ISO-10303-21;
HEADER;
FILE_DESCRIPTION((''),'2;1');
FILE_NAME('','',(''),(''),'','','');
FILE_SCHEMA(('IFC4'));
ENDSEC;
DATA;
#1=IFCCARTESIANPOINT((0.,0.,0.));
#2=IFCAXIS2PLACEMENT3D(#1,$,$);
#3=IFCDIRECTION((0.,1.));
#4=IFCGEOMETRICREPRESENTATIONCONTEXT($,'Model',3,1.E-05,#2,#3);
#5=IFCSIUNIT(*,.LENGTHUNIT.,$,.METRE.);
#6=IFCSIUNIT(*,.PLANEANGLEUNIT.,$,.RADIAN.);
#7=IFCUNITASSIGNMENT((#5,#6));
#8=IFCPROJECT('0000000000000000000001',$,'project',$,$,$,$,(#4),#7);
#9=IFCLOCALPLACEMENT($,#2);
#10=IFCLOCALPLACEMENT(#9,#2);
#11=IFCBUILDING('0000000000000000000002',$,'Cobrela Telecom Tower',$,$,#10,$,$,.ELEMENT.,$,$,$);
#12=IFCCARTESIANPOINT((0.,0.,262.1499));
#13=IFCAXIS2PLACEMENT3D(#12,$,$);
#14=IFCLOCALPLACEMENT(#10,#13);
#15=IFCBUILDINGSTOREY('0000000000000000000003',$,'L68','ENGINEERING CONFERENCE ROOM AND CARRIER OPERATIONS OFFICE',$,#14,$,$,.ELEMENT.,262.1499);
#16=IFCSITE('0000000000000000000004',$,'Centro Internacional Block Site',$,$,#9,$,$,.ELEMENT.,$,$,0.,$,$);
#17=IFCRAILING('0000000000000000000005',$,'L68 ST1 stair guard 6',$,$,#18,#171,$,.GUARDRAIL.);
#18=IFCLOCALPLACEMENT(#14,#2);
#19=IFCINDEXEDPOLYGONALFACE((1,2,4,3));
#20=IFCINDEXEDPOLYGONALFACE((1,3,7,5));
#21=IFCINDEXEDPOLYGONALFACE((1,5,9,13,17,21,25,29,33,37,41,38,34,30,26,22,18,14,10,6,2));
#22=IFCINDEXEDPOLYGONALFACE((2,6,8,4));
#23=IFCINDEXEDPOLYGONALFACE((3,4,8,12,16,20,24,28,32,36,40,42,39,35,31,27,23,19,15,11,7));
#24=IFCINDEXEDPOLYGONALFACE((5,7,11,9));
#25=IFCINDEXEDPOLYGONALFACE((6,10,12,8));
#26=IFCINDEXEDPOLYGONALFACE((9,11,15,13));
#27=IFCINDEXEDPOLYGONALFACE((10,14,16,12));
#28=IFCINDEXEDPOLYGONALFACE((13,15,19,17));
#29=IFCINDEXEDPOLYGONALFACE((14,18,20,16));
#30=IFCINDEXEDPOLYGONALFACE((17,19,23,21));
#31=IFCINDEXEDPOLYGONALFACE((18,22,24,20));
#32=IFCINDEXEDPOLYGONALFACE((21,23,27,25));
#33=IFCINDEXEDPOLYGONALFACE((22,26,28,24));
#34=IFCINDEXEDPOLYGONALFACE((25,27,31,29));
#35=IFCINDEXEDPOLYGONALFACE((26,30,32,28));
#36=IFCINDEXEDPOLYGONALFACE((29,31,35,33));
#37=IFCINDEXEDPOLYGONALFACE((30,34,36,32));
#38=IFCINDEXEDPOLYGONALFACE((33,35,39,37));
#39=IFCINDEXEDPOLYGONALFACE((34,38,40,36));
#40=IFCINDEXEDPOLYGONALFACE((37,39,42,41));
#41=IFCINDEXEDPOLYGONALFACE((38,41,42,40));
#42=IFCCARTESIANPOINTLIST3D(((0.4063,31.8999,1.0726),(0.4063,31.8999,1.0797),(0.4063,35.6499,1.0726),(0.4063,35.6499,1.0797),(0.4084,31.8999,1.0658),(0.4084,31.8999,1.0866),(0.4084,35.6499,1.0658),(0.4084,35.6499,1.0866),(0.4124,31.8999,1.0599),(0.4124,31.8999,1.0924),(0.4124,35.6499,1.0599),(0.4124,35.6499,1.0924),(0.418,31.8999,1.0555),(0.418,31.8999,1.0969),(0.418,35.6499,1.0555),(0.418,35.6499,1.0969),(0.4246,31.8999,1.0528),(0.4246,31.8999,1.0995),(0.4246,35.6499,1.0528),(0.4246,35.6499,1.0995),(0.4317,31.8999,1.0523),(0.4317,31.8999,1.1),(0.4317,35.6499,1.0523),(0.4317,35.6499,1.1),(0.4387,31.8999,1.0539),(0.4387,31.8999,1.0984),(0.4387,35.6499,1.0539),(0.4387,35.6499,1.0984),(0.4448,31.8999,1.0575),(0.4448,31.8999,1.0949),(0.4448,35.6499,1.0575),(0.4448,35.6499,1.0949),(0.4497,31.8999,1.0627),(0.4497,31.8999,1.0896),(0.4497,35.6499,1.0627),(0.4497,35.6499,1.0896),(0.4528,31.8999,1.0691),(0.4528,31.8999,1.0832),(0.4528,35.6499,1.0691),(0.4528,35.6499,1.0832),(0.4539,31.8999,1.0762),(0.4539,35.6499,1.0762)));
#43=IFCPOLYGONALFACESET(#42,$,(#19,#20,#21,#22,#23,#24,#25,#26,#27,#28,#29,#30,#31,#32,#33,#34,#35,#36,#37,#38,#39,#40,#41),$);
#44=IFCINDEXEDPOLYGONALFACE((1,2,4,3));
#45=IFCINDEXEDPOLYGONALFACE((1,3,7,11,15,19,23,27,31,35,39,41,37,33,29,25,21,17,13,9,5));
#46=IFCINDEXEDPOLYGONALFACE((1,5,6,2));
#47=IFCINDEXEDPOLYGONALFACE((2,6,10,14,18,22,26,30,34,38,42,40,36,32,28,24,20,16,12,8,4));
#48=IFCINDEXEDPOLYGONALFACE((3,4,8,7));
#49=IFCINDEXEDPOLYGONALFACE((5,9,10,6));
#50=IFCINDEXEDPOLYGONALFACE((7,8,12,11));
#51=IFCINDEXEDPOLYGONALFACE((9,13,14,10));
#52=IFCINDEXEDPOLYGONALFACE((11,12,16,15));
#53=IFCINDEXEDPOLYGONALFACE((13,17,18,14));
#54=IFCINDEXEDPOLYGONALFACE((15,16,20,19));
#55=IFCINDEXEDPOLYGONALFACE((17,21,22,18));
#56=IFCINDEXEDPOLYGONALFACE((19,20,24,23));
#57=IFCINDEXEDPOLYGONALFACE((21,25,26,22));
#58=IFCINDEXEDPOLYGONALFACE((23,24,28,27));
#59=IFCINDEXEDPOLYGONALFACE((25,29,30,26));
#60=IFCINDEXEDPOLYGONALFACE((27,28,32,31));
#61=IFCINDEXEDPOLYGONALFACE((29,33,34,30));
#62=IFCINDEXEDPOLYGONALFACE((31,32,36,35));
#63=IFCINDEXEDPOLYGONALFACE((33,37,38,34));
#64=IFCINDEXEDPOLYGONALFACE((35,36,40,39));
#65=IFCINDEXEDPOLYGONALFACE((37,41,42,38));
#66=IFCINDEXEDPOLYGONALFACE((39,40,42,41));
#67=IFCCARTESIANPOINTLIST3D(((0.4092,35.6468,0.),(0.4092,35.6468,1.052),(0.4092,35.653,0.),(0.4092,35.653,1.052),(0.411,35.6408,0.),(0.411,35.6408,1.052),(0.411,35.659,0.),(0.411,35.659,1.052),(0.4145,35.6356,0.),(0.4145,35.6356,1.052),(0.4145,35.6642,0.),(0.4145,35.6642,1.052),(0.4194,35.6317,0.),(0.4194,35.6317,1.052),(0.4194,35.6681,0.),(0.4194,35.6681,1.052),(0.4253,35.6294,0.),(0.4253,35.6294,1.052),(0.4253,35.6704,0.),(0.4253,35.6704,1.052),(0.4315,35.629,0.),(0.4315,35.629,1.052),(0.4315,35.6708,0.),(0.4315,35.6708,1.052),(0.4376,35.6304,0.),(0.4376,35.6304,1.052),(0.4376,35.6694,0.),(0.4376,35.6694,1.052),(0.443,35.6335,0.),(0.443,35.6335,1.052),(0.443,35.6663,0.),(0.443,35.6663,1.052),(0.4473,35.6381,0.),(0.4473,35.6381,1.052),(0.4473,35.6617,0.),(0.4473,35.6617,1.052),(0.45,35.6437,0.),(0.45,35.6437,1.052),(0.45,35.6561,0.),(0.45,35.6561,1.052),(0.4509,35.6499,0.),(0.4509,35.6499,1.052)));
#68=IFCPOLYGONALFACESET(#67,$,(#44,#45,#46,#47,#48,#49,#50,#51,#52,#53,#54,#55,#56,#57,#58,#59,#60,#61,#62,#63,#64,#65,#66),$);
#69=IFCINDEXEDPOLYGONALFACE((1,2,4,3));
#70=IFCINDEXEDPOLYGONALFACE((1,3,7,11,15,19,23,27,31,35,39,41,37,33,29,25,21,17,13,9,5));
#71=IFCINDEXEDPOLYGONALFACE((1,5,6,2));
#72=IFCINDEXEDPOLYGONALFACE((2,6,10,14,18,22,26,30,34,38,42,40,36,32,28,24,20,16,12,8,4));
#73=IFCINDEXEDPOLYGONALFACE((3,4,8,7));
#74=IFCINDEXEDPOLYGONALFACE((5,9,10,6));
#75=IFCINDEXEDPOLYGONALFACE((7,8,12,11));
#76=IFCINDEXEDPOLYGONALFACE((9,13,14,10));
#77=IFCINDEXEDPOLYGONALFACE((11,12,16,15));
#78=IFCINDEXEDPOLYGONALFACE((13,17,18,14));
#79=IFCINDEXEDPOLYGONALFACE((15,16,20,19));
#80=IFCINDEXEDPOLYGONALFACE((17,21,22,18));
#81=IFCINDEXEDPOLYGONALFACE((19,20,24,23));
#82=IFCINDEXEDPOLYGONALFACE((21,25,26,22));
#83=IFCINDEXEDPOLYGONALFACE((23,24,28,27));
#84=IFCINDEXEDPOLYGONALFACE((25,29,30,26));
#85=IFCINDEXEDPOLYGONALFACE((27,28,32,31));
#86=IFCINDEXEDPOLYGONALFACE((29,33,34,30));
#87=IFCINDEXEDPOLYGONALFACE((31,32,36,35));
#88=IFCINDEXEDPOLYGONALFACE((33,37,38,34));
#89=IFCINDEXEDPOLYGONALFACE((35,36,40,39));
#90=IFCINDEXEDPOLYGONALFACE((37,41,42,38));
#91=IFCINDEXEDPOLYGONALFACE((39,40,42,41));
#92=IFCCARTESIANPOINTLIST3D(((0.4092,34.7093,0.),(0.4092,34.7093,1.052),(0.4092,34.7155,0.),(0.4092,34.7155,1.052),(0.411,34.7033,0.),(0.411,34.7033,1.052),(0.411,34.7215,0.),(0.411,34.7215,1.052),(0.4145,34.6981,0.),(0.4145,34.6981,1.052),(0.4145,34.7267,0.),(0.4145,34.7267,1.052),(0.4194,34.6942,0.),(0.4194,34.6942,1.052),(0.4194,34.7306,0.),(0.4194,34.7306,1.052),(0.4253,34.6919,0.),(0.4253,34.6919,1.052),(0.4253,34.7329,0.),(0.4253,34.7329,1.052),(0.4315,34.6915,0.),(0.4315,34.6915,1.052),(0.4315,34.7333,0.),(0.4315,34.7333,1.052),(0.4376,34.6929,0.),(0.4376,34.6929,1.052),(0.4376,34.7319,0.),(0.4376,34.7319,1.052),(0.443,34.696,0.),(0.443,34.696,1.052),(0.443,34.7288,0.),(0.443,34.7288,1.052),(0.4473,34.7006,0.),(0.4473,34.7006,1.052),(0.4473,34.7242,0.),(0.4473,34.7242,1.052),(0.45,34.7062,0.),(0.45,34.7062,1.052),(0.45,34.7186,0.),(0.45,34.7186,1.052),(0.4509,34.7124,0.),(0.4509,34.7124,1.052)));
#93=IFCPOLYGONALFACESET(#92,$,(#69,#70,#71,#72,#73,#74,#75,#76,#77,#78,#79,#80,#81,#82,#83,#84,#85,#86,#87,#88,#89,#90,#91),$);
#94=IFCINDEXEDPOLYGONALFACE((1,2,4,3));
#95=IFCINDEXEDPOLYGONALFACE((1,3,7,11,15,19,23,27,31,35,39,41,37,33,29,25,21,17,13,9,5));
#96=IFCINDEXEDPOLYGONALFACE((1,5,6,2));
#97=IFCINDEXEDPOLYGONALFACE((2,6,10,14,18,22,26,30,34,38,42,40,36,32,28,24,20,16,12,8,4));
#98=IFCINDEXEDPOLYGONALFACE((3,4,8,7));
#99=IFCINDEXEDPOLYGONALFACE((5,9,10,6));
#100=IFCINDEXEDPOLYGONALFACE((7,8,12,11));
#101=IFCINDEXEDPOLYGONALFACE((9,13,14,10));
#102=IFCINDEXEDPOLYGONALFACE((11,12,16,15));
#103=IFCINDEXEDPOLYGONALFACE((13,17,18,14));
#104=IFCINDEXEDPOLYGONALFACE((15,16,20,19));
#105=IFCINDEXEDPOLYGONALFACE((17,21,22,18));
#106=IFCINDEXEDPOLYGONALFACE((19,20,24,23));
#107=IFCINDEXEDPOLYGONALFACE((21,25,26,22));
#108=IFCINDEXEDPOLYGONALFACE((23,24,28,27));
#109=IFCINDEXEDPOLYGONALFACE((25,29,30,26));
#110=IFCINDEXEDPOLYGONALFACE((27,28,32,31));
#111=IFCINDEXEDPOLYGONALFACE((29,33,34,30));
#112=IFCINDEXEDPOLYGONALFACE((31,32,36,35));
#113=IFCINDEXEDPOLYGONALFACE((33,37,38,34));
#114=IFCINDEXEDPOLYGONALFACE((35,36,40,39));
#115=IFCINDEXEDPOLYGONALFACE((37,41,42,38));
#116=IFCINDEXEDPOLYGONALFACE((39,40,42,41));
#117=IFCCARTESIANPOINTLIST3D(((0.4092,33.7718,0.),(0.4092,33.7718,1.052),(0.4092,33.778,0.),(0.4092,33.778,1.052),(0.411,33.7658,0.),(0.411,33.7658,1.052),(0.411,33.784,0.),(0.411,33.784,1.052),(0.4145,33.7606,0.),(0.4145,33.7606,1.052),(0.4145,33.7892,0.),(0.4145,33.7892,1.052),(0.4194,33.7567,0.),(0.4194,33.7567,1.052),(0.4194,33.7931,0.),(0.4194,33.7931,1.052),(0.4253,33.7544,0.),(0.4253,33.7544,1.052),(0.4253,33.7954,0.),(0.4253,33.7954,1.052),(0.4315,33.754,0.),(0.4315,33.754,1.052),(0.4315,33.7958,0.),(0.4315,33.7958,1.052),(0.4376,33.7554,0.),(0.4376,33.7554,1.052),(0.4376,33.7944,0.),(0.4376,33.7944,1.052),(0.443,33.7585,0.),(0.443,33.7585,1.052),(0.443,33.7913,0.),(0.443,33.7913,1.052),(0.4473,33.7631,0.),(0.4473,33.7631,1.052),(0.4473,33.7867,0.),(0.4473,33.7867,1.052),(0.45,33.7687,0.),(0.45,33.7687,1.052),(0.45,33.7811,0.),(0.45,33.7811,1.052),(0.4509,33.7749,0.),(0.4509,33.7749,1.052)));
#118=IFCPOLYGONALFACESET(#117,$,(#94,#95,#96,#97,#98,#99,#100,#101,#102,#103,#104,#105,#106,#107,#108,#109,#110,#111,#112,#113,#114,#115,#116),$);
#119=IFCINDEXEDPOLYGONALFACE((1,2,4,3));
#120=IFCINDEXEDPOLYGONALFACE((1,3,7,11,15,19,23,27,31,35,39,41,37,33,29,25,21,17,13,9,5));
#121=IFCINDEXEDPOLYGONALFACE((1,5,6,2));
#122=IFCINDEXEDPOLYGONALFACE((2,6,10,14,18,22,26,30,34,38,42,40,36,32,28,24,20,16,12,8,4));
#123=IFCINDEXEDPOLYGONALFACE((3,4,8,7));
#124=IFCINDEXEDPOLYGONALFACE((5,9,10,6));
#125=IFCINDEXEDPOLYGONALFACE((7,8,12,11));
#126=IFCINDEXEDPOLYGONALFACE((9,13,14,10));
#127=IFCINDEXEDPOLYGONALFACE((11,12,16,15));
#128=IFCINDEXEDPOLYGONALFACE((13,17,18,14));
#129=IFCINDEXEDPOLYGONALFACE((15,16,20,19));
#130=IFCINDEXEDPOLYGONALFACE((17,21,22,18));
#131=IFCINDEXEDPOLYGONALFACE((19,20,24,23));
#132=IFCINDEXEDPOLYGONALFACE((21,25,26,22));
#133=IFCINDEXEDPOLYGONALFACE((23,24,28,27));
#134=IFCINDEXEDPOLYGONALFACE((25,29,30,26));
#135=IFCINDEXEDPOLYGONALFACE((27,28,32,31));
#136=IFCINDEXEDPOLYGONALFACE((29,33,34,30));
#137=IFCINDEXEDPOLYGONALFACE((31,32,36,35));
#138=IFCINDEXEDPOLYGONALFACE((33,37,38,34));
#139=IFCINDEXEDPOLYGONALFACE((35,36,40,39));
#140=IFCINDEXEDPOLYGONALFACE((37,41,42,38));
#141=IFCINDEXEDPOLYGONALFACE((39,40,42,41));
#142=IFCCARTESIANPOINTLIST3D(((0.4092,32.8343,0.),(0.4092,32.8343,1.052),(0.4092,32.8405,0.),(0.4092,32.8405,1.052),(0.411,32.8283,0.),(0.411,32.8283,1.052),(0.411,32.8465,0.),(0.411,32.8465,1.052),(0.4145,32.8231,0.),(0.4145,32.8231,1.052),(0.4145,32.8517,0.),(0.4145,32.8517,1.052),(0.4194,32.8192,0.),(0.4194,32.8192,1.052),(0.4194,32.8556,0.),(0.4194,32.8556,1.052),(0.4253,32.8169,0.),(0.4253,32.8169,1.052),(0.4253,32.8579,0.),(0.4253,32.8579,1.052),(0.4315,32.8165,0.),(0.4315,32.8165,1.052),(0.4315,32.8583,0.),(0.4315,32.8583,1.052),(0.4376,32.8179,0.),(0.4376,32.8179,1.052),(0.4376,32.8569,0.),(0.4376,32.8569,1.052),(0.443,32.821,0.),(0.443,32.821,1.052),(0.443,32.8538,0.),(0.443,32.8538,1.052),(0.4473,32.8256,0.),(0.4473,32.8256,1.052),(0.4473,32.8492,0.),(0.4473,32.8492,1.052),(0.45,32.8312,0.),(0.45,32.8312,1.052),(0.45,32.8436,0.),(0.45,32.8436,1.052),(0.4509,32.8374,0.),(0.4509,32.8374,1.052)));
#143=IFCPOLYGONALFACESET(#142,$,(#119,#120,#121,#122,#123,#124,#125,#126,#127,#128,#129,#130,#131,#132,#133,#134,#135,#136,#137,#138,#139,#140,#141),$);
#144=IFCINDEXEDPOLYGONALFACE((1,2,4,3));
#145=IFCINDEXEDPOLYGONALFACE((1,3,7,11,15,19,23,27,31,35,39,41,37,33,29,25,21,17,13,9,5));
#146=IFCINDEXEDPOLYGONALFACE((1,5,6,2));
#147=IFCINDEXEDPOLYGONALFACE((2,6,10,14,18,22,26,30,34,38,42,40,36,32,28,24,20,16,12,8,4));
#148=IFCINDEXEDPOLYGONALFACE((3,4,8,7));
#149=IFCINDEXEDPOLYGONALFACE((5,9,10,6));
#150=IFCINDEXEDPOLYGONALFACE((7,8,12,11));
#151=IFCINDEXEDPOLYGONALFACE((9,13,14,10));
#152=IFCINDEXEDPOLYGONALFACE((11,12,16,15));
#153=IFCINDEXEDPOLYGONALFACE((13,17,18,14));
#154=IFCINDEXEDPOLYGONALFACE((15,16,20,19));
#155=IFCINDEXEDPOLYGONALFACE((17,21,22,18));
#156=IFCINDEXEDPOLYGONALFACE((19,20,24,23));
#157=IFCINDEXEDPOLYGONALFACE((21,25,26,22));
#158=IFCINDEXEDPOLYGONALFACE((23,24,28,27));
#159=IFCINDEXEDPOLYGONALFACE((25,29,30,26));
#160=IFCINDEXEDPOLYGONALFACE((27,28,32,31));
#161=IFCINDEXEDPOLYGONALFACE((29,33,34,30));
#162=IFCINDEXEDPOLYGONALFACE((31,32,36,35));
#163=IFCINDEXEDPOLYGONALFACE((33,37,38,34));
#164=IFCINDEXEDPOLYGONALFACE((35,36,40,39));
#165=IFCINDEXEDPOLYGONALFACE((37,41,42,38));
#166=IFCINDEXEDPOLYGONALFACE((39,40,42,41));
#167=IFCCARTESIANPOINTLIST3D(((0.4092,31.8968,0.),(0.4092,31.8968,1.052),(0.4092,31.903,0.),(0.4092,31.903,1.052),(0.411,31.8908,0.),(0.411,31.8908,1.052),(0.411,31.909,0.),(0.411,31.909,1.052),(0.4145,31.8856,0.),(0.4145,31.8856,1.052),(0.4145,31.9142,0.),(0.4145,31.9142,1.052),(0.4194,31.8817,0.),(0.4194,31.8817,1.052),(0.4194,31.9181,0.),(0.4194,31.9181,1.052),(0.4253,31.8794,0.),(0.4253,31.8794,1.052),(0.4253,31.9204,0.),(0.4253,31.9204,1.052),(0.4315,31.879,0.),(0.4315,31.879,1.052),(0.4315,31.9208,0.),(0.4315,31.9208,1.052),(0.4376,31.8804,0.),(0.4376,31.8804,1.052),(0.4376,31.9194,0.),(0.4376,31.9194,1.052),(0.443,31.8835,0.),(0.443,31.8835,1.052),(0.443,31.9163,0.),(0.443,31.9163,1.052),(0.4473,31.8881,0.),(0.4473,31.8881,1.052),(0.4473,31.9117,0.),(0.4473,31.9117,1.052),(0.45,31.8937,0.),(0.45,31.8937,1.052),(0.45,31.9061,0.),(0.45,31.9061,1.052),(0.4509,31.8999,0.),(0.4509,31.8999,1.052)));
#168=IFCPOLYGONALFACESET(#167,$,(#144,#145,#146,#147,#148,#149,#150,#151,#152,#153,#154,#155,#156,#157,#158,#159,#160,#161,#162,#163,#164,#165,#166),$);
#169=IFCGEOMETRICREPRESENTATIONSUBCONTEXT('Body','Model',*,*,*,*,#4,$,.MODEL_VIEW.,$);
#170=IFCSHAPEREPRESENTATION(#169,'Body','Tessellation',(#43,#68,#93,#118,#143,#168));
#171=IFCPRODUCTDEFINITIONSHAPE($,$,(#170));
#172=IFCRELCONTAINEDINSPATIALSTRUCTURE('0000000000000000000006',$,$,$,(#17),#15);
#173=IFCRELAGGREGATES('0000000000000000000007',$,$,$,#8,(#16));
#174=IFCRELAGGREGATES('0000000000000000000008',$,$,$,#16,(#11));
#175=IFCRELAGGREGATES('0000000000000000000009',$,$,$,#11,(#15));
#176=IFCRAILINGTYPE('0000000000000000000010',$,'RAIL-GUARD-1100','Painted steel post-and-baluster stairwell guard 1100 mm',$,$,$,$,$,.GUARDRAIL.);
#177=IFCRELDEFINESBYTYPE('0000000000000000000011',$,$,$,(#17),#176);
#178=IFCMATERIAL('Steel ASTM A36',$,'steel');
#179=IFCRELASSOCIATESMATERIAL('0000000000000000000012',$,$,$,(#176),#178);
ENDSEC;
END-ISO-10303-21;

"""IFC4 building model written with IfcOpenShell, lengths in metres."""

from ifc_helpers import new_model, si_unit, direction, frame, origin, origin_2d, place, context, subcontext, project, spatial, circle, extrude, material, type_object, element, save


model = new_model("IFC4")

# Units and contexts
model_context = context("Model", 3, precision=1e-05, world=origin(), true_north=direction((0.0, 1.0)))
body_context = subcontext(model_context, "Body", "Model", "MODEL_VIEW")
ifc_project = project(units=[si_unit("LENGTHUNIT", "METRE"), si_unit("PLANEANGLEUNIT", "RADIAN")], contexts=[model_context])

# Site, building, storey
site_placement = place(None, origin())
site = spatial("IfcSite", under=ifc_project, at=site_placement, Name="Centro Internacional Block Site", CompositionType="ELEMENT", RefElevation=0.0)
building_placement = place(site_placement, origin())
building = spatial("IfcBuilding", under=site, at=building_placement, Name="Cobrela Telecom Tower", CompositionType="ELEMENT")
storey_placement = place(building_placement, frame((0.0, 0.0, 262.1499)))
storey = spatial("IfcBuildingStorey", under=building, at=storey_placement, Name="L68", Description="ENGINEERING CONFERENCE ROOM AND CARRIER OPERATIONS OFFICE", CompositionType="ELEMENT", Elevation=262.1499)

# Shared definitions
ifc_material_1 = material(Name="Steel ASTM A36", Category="steel")

# Railing
railing_type_1 = type_object("IfcRailingType", Name="RAIL-GUARD-1100", Description="Painted steel post-and-baluster stairwell guard 1100 mm", PredefinedType="GUARDRAIL", material=ifc_material_1)
railing_1_placement = place(storey_placement, frame((0.4299, 35.6499, 0.0)))
element("IfcRailing", 1, at=railing_1_placement, inside=storey, type_object=railing_type_1, Name="L68 ST1 stair guard 6", PredefinedType="GUARDRAIL", context=body_context, shape_type="SweptSolid", body=[
    extrude(circle(Radius=0.0239, at=origin_2d()), frame((0.0, 0.0, 1.0762), z_axis=(0.0, -1.0, 0.0), x_axis=(1.0, 0.0, 0.0)), (0.0, 0.0, 1.0), 3.75),
    extrude(circle(Radius=0.021, at=origin_2d()), origin(), (0.0, 0.0, 1.0), 1.052),
    extrude(circle(Radius=0.021, at=origin_2d()), frame((0.0, -0.9375, 0.0)), (0.0, 0.0, 1.0), 1.052),
    extrude(circle(Radius=0.021, at=origin_2d()), frame((0.0, -1.875, 0.0)), (0.0, 0.0, 1.0), 1.052),
    extrude(circle(Radius=0.021, at=origin_2d()), frame((0.0, -2.8125, 0.0)), (0.0, 0.0, 1.0), 1.052),
    extrude(circle(Radius=0.021, at=origin_2d()), frame((0.0, -3.75, 0.0)), (0.0, 0.0, 1.0), 1.052),
])

save(model, "model.ifc")
